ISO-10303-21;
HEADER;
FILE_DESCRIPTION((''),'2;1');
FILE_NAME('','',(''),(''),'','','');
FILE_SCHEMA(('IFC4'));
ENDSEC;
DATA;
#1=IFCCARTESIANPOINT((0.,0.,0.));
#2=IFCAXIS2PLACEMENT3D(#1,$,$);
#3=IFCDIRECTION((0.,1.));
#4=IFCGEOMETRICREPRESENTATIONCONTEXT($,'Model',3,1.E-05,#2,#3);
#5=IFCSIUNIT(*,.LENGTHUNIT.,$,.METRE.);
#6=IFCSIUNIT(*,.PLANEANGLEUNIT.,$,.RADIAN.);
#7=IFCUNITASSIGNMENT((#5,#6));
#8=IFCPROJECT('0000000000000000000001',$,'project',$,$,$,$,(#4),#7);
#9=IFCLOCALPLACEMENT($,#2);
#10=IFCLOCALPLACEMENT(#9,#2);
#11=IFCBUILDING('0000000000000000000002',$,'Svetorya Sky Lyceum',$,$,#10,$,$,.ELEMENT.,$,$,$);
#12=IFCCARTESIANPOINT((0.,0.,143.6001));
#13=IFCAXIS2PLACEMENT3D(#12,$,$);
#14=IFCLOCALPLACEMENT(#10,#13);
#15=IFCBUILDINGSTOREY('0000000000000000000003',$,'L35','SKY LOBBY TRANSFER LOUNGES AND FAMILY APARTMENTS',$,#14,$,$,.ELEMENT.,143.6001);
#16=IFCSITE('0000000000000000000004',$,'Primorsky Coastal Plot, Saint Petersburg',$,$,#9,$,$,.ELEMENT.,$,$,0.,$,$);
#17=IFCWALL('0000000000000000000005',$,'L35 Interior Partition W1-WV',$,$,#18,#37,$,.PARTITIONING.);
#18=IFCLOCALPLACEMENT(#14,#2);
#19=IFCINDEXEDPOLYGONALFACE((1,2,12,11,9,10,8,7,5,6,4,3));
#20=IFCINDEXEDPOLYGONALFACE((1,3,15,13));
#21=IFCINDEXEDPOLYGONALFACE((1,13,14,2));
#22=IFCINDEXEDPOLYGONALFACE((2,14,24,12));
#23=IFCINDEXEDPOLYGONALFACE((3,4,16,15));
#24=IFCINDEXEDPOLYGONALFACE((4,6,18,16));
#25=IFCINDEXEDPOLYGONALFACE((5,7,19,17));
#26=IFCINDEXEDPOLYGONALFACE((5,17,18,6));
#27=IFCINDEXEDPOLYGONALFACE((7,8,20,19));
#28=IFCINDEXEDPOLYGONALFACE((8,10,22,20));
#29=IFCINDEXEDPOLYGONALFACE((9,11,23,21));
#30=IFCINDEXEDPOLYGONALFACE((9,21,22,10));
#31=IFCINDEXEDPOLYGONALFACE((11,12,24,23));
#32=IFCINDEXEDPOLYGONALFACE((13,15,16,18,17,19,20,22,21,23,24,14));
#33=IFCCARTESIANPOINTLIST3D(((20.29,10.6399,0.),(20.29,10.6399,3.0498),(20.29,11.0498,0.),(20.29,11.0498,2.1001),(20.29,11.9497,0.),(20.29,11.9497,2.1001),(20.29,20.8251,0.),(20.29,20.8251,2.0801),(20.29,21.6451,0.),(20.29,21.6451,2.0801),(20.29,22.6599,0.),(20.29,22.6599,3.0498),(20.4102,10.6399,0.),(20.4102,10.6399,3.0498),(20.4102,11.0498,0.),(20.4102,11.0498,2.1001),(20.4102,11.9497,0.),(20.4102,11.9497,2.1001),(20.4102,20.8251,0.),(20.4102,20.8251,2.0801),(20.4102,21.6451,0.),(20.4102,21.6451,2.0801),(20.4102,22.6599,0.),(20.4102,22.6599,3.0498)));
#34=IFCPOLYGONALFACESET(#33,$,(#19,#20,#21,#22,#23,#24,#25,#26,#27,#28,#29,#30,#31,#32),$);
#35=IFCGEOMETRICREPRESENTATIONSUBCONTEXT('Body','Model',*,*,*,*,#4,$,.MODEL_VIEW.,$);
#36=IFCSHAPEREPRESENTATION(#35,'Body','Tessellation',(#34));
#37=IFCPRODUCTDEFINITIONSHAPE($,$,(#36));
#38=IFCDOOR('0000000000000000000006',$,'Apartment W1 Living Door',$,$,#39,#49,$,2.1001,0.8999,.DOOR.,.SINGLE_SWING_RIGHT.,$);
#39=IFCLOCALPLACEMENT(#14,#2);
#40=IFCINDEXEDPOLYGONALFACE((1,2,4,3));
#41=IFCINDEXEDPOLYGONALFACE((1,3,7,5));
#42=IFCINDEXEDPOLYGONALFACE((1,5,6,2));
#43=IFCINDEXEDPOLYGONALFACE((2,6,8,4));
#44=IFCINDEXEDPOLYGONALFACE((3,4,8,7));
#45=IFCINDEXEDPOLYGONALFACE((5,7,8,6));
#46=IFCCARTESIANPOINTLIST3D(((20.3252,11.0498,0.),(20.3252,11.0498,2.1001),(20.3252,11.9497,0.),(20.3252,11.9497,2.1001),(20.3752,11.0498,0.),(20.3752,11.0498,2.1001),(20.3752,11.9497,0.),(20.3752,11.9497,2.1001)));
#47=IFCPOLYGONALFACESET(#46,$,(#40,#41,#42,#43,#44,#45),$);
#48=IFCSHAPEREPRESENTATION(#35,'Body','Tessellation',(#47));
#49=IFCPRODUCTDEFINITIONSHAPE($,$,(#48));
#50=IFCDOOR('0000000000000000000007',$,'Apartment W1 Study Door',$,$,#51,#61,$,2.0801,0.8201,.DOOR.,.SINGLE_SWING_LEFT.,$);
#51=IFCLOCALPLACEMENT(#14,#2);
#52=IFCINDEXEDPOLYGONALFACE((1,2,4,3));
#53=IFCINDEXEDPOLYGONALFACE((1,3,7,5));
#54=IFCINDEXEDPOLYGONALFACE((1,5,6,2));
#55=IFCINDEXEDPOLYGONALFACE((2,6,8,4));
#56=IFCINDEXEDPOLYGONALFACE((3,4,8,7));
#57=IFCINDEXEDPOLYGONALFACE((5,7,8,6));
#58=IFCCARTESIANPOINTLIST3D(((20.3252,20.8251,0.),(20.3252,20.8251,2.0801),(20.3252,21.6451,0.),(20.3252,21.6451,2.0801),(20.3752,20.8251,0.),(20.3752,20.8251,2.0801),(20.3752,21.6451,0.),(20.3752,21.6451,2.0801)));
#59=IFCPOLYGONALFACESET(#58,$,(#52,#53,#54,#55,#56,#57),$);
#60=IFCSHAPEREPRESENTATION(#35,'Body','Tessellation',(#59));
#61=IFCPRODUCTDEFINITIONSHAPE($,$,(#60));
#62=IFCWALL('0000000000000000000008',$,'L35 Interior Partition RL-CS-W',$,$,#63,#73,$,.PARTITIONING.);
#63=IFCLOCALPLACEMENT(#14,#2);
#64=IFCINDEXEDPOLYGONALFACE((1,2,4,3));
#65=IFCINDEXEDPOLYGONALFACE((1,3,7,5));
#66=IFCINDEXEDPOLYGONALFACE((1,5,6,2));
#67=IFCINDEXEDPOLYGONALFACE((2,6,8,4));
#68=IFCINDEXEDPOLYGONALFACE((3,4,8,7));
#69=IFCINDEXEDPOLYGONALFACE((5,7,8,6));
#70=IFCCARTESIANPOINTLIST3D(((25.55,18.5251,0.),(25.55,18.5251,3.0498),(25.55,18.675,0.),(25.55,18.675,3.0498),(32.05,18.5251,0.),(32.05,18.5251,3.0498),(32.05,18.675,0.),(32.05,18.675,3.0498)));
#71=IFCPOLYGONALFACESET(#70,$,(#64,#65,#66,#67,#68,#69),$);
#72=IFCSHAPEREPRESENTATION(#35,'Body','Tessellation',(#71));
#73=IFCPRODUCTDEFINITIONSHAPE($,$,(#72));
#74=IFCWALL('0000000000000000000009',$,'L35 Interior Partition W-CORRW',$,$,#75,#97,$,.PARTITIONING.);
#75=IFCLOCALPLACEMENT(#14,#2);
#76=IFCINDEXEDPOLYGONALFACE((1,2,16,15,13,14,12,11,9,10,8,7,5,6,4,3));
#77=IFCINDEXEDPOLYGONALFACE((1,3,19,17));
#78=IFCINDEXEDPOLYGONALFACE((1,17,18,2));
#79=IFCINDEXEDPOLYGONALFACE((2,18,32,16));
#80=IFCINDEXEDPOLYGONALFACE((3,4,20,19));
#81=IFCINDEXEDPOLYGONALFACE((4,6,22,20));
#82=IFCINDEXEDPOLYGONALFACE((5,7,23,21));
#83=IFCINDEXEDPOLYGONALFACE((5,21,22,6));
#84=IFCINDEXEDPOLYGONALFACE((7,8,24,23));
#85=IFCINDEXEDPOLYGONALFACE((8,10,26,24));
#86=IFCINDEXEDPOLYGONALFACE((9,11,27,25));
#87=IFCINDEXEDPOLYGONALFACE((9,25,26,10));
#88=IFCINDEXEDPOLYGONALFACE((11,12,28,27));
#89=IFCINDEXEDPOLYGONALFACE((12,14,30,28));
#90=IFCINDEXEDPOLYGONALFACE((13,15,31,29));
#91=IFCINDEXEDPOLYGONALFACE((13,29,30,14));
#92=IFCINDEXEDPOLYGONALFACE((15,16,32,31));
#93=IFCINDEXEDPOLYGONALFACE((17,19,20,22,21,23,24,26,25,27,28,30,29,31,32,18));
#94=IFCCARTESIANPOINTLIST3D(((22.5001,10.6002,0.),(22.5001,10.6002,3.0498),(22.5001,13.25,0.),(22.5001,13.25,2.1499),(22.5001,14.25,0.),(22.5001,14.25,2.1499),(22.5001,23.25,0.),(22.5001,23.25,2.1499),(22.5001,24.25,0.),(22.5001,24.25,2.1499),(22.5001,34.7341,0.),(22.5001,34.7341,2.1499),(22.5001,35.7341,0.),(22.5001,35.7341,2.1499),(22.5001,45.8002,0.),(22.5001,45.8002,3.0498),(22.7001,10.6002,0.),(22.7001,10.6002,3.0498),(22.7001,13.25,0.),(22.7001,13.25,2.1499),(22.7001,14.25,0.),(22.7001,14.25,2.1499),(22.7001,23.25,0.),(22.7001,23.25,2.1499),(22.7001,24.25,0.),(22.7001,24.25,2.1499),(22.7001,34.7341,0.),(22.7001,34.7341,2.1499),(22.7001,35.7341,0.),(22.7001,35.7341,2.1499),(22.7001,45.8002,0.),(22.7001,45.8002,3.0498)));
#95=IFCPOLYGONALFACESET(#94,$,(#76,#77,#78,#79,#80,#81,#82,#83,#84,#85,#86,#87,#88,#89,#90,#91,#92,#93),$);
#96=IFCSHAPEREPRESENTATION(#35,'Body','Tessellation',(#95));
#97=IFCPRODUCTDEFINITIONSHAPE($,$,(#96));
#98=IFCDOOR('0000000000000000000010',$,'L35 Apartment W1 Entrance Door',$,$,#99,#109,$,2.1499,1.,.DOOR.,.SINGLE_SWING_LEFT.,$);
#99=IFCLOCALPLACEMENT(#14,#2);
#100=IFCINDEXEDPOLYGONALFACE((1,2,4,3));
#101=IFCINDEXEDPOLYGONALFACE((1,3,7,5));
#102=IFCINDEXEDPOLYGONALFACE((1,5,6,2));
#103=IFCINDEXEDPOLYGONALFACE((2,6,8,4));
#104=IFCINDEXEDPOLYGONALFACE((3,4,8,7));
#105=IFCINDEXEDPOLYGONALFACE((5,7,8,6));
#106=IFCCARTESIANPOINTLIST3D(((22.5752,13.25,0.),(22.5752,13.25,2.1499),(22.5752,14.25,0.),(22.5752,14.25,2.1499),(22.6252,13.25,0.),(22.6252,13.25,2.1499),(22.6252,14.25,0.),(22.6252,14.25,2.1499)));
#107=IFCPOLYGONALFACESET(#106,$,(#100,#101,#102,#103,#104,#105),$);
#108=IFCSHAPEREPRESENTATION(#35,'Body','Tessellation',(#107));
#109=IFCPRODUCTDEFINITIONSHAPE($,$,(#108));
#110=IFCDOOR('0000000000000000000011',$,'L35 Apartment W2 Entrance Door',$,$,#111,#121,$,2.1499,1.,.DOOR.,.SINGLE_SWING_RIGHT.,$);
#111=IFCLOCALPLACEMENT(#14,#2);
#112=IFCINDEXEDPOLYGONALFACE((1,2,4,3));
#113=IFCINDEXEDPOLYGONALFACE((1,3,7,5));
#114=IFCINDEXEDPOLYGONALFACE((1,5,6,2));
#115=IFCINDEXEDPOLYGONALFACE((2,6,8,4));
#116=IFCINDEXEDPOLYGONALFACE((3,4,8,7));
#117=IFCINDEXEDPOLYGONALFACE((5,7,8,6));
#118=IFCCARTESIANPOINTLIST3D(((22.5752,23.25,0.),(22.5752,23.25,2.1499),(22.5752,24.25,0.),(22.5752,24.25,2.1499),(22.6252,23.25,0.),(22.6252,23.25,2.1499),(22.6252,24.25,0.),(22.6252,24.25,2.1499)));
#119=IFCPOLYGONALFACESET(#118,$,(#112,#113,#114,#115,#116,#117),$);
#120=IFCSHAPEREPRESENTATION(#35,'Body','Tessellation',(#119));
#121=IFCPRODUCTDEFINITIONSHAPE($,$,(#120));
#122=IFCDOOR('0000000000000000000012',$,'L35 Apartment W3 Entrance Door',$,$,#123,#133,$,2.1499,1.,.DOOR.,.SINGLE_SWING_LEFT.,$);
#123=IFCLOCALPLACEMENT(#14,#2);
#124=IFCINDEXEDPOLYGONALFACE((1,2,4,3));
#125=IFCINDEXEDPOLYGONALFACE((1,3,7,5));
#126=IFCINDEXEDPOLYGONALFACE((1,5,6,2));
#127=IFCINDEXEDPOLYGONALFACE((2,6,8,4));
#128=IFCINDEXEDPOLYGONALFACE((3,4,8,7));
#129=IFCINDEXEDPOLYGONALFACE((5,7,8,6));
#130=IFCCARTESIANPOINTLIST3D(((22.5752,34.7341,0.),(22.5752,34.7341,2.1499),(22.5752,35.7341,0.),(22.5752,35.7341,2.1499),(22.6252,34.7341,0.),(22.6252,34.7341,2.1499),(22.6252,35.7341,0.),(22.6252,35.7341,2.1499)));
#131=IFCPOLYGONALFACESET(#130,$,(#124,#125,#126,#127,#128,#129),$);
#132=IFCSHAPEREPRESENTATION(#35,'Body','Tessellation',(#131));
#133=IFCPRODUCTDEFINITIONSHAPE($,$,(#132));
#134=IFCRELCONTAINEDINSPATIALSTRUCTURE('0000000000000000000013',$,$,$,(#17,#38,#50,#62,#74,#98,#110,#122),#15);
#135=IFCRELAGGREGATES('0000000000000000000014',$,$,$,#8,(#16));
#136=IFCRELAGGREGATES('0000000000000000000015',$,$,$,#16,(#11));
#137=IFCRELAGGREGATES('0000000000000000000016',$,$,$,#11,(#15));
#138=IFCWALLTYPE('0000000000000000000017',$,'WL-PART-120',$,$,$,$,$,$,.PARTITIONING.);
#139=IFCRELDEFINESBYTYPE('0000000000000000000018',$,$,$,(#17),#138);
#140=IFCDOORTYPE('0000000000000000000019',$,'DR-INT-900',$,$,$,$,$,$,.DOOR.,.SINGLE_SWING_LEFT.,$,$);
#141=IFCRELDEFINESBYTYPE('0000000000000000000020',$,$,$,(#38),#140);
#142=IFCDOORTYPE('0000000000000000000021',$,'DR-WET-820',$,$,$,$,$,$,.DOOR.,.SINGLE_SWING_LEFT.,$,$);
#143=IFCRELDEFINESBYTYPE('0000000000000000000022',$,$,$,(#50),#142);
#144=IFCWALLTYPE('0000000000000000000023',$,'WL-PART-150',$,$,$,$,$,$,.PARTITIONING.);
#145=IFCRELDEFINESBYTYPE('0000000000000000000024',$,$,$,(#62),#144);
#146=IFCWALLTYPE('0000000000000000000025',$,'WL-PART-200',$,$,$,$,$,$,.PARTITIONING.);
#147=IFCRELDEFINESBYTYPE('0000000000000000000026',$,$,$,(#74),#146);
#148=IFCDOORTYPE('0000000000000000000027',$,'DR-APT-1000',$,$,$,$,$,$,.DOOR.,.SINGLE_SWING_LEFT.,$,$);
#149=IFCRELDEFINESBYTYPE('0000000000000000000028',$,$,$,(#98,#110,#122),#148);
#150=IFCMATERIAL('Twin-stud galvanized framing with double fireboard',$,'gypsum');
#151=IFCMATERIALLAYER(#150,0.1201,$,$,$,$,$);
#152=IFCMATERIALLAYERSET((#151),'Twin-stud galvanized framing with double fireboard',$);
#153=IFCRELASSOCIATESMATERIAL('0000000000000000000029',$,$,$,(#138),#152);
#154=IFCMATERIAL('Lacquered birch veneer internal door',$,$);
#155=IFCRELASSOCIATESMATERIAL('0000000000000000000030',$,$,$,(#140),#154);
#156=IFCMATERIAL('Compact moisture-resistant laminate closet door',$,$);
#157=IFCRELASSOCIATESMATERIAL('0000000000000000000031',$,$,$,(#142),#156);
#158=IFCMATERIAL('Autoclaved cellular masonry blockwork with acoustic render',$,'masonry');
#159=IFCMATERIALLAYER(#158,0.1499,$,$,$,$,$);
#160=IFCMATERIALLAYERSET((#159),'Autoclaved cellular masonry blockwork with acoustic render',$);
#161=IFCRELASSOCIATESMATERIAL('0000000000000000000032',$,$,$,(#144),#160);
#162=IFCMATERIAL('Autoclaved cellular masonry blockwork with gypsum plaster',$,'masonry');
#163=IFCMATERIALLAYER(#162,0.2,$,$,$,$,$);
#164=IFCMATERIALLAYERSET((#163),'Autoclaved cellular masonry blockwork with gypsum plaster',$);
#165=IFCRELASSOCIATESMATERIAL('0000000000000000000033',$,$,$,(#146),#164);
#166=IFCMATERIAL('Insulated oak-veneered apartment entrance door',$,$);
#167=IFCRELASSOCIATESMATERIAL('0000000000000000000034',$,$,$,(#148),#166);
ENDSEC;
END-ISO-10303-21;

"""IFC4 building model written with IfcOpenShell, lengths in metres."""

from ifc_helpers import new_model, si_unit, direction, frame, frame_2d, origin, place, context, subcontext, project, spatial, rectangle, extrude, material, layer, layer_set, type_object, element, fill, save


model = new_model("IFC4")

# Units and contexts
model_context = context("Model", 3, precision=1e-05, world=origin(), true_north=direction((0.0, 1.0)))
body_context = subcontext(model_context, "Body", "Model", "MODEL_VIEW")
ifc_project = project(units=[si_unit("LENGTHUNIT", "METRE"), si_unit("PLANEANGLEUNIT", "RADIAN")], contexts=[model_context])

# Site, building, storey
site_placement = place(None, origin())
site = spatial("IfcSite", under=ifc_project, at=site_placement, Name="Primorsky Coastal Plot, Saint Petersburg", CompositionType="ELEMENT", RefElevation=0.0)
building_placement = place(site_placement, origin())
building = spatial("IfcBuilding", under=site, at=building_placement, Name="Svetorya Sky Lyceum", CompositionType="ELEMENT")
storey_placement = place(building_placement, frame((0.0, 0.0, 143.6001)))
storey = spatial("IfcBuildingStorey", under=building, at=storey_placement, Name="L35", Description="SKY LOBBY TRANSFER LOUNGES AND FAMILY APARTMENTS", CompositionType="ELEMENT", Elevation=143.6001)

# Shared definitions
ifc_material_1 = material(Name="Twin-stud galvanized framing with double fireboard", Category="gypsum")
ifc_layer_1 = layer(ifc_material_1, 0.1201)
ifc_layer_set_1 = layer_set([ifc_layer_1], Name="Twin-stud galvanized framing with double fireboard")
wall_type_1 = type_object("IfcWallType", Name="WL-PART-120", PredefinedType="PARTITIONING", material=ifc_layer_set_1)
ifc_material_2 = material(Name="Lacquered birch veneer internal door")
door_type_1 = type_object("IfcDoorType", Name="DR-INT-900", OperationType="SINGLE_SWING_LEFT", PredefinedType="DOOR", material=ifc_material_2)

# Wall, openings, doors
wall_1_placement = place(storey_placement, frame((20.3501, 10.6399, 0.0), z_axis=(0.0, 0.0, 1.0), x_axis=(0.0, 1.0, 0.0)))
wall_1 = element("IfcWall", 1, at=wall_1_placement, inside=storey, type_object=wall_type_1, Name="L35 Interior Partition W1-WV", PredefinedType="PARTITIONING", context=body_context, shape_type="SweptSolid", body=[
    extrude(rectangle(XDim=12.02, YDim=0.1201, at=frame_2d((6.01, 0.0))), origin(), (0.0, 0.0, 1.0), 3.0498),
])
opening_1_placement = place(wall_1_placement, frame((0.4099, 0.0, 0.0)))
opening_1 = element("IfcOpeningElement", 2, at=opening_1_placement, cuts=wall_1, PredefinedType="OPENING", context=body_context, shape_type="SweptSolid", body=[
    extrude(rectangle(XDim=0.8999, YDim=2.1001, at=frame_2d((0.45, 1.05))), frame((0.0, 0.0701, 0.0), z_axis=(0.0, -1.0, 0.0), x_axis=(1.0, 0.0, 0.0)), (0.0, 0.0, 1.0), 0.1401),
])
opening_2_placement = place(wall_1_placement, frame((10.1851, 0.0, 0.0)))
opening_2 = element("IfcOpeningElement", 3, at=opening_2_placement, cuts=wall_1, PredefinedType="OPENING", context=body_context, shape_type="SweptSolid", body=[
    extrude(rectangle(XDim=0.8201, YDim=2.0801, at=frame_2d((0.4102, 1.04))), frame((0.0, 0.0701, 0.0), z_axis=(0.0, -1.0, 0.0), x_axis=(1.0, 0.0, 0.0)), (0.0, 0.0, 1.0), 0.1401),
])
door_1_placement = place(opening_1_placement, origin())
door_1 = element("IfcDoor", 4, at=door_1_placement, inside=storey, type_object=door_type_1, Name="Apartment W1 Living Door", OperationType="SINGLE_SWING_RIGHT", OverallHeight=2.1001, OverallWidth=0.8999, PredefinedType="DOOR", context=body_context, shape_type="SweptSolid", body=[
    extrude(rectangle(XDim=0.8999, YDim=2.1001, at=frame_2d((0.45, 1.05))), frame((0.0, 0.0249, 0.0), z_axis=(0.0, -1.0, 0.0), x_axis=(1.0, 0.0, 0.0)), (0.0, 0.0, 1.0), 0.05),
])
fill(opening_1, door_1)
ifc_material_3 = material(Name="Compact moisture-resistant laminate closet door")
door_type_2 = type_object("IfcDoorType", Name="DR-WET-820", OperationType="SINGLE_SWING_LEFT", PredefinedType="DOOR", material=ifc_material_3)
door_2_placement = place(opening_2_placement, origin())
door_2 = element("IfcDoor", 5, at=door_2_placement, inside=storey, type_object=door_type_2, Name="Apartment W1 Study Door", OperationType="SINGLE_SWING_LEFT", OverallHeight=2.0801, OverallWidth=0.8201, PredefinedType="DOOR", context=body_context, shape_type="SweptSolid", body=[
    extrude(rectangle(XDim=0.8201, YDim=2.0801, at=frame_2d((0.4102, 1.04))), frame((0.0, 0.0249, 0.0), z_axis=(0.0, -1.0, 0.0), x_axis=(1.0, 0.0, 0.0)), (0.0, 0.0, 1.0), 0.05),
])
fill(opening_2, door_2)

# Wall
ifc_material_4 = material(Name="Autoclaved cellular masonry blockwork with acoustic render", Category="masonry")
ifc_layer_2 = layer(ifc_material_4, 0.1499)
ifc_layer_set_2 = layer_set([ifc_layer_2], Name="Autoclaved cellular masonry blockwork with acoustic render")
wall_type_2 = type_object("IfcWallType", Name="WL-PART-150", PredefinedType="PARTITIONING", material=ifc_layer_set_2)
wall_2_placement = place(storey_placement, frame((25.55, 18.6001, 0.0), z_axis=(0.0, 0.0, 1.0), x_axis=(1.0, 0.0, 0.0)))
element("IfcWall", 6, at=wall_2_placement, inside=storey, type_object=wall_type_2, Name="L35 Interior Partition RL-CS-W", PredefinedType="PARTITIONING", context=body_context, shape_type="SweptSolid", body=[
    extrude(rectangle(XDim=6.5, YDim=0.1499, at=frame_2d((3.25, 0.0))), origin(), (0.0, 0.0, 1.0), 3.0498),
])

# Wall, openings, doors
ifc_material_5 = material(Name="Autoclaved cellular masonry blockwork with gypsum plaster", Category="masonry")
ifc_layer_3 = layer(ifc_material_5, 0.2)
ifc_layer_set_3 = layer_set([ifc_layer_3], Name="Autoclaved cellular masonry blockwork with gypsum plaster")
wall_type_3 = type_object("IfcWallType", Name="WL-PART-200", PredefinedType="PARTITIONING", material=ifc_layer_set_3)
wall_3_placement = place(storey_placement, frame((22.6001, 10.6001, 0.0), z_axis=(0.0, 0.0, 1.0), x_axis=(0.0, 1.0, 0.0)))
wall_3 = element("IfcWall", 7, at=wall_3_placement, inside=storey, type_object=wall_type_3, Name="L35 Interior Partition W-CORRW", PredefinedType="PARTITIONING", context=body_context, shape_type="SweptSolid", body=[
    extrude(rectangle(XDim=35.2, YDim=0.2, at=frame_2d((17.6001, 0.0))), origin(), (0.0, 0.0, 1.0), 3.0498),
])
opening_3_placement = place(wall_3_placement, frame((2.6499, 0.0, 0.0)))
opening_3 = element("IfcOpeningElement", 8, at=opening_3_placement, cuts=wall_3, PredefinedType="OPENING", context=body_context, shape_type="SweptSolid", body=[
    extrude(rectangle(XDim=1.0, YDim=2.1499, at=frame_2d((0.5, 1.075))), frame((0.0, 0.1099, 0.0), z_axis=(0.0, -1.0, 0.0), x_axis=(1.0, 0.0, 0.0)), (0.0, 0.0, 1.0), 0.22),
])
opening_4_placement = place(wall_3_placement, frame((12.6499, 0.0, 0.0)))
opening_4 = element("IfcOpeningElement", 9, at=opening_4_placement, cuts=wall_3, PredefinedType="OPENING", context=body_context, shape_type="SweptSolid", body=[
    extrude(rectangle(XDim=1.0, YDim=2.1499, at=frame_2d((0.5, 1.075))), frame((0.0, 0.1099, 0.0), z_axis=(0.0, -1.0, 0.0), x_axis=(1.0, 0.0, 0.0)), (0.0, 0.0, 1.0), 0.22),
])
opening_5_placement = place(wall_3_placement, frame((24.134, 0.0, 0.0)))
opening_5 = element("IfcOpeningElement", 10, at=opening_5_placement, cuts=wall_3, PredefinedType="OPENING", context=body_context, shape_type="SweptSolid", body=[
    extrude(rectangle(XDim=1.0, YDim=2.1499, at=frame_2d((0.5, 1.075))), frame((0.0, 0.1099, 0.0), z_axis=(0.0, -1.0, 0.0), x_axis=(1.0, 0.0, 0.0)), (0.0, 0.0, 1.0), 0.22),
])
ifc_material_6 = material(Name="Insulated oak-veneered apartment entrance door")
door_type_3 = type_object("IfcDoorType", Name="DR-APT-1000", OperationType="SINGLE_SWING_LEFT", PredefinedType="DOOR", material=ifc_material_6)
door_3_placement = place(opening_3_placement, origin())
door_3 = element("IfcDoor", 11, at=door_3_placement, inside=storey, type_object=door_type_3, Name="L35 Apartment W1 Entrance Door", OperationType="SINGLE_SWING_LEFT", OverallHeight=2.1499, OverallWidth=1.0, PredefinedType="DOOR", context=body_context, shape_type="SweptSolid", body=[
    extrude(rectangle(XDim=1.0, YDim=2.1499, at=frame_2d((0.5, 1.075))), frame((0.0, 0.0249, 0.0), z_axis=(0.0, -1.0, 0.0), x_axis=(1.0, 0.0, 0.0)), (0.0, 0.0, 1.0), 0.05),
])
fill(opening_3, door_3)
door_4_placement = place(opening_4_placement, origin())
door_4 = element("IfcDoor", 12, at=door_4_placement, inside=storey, type_object=door_type_3, Name="L35 Apartment W2 Entrance Door", OperationType="SINGLE_SWING_RIGHT", OverallHeight=2.1499, OverallWidth=1.0, PredefinedType="DOOR", context=body_context, shape_type="SweptSolid", body=[
    extrude(rectangle(XDim=1.0, YDim=2.1499, at=frame_2d((0.5, 1.075))), frame((0.0, 0.0249, 0.0), z_axis=(0.0, -1.0, 0.0), x_axis=(1.0, 0.0, 0.0)), (0.0, 0.0, 1.0), 0.05),
])
fill(opening_4, door_4)
door_5_placement = place(opening_5_placement, origin())
door_5 = element("IfcDoor", 13, at=door_5_placement, inside=storey, type_object=door_type_3, Name="L35 Apartment W3 Entrance Door", OperationType="SINGLE_SWING_LEFT", OverallHeight=2.1499, OverallWidth=1.0, PredefinedType="DOOR", context=body_context, shape_type="SweptSolid", body=[
    extrude(rectangle(XDim=1.0, YDim=2.1499, at=frame_2d((0.5, 1.075))), frame((0.0, 0.0249, 0.0), z_axis=(0.0, -1.0, 0.0), x_axis=(1.0, 0.0, 0.0)), (0.0, 0.0, 1.0), 0.05),
])
fill(opening_5, door_5)

save(model, "model.ifc")
